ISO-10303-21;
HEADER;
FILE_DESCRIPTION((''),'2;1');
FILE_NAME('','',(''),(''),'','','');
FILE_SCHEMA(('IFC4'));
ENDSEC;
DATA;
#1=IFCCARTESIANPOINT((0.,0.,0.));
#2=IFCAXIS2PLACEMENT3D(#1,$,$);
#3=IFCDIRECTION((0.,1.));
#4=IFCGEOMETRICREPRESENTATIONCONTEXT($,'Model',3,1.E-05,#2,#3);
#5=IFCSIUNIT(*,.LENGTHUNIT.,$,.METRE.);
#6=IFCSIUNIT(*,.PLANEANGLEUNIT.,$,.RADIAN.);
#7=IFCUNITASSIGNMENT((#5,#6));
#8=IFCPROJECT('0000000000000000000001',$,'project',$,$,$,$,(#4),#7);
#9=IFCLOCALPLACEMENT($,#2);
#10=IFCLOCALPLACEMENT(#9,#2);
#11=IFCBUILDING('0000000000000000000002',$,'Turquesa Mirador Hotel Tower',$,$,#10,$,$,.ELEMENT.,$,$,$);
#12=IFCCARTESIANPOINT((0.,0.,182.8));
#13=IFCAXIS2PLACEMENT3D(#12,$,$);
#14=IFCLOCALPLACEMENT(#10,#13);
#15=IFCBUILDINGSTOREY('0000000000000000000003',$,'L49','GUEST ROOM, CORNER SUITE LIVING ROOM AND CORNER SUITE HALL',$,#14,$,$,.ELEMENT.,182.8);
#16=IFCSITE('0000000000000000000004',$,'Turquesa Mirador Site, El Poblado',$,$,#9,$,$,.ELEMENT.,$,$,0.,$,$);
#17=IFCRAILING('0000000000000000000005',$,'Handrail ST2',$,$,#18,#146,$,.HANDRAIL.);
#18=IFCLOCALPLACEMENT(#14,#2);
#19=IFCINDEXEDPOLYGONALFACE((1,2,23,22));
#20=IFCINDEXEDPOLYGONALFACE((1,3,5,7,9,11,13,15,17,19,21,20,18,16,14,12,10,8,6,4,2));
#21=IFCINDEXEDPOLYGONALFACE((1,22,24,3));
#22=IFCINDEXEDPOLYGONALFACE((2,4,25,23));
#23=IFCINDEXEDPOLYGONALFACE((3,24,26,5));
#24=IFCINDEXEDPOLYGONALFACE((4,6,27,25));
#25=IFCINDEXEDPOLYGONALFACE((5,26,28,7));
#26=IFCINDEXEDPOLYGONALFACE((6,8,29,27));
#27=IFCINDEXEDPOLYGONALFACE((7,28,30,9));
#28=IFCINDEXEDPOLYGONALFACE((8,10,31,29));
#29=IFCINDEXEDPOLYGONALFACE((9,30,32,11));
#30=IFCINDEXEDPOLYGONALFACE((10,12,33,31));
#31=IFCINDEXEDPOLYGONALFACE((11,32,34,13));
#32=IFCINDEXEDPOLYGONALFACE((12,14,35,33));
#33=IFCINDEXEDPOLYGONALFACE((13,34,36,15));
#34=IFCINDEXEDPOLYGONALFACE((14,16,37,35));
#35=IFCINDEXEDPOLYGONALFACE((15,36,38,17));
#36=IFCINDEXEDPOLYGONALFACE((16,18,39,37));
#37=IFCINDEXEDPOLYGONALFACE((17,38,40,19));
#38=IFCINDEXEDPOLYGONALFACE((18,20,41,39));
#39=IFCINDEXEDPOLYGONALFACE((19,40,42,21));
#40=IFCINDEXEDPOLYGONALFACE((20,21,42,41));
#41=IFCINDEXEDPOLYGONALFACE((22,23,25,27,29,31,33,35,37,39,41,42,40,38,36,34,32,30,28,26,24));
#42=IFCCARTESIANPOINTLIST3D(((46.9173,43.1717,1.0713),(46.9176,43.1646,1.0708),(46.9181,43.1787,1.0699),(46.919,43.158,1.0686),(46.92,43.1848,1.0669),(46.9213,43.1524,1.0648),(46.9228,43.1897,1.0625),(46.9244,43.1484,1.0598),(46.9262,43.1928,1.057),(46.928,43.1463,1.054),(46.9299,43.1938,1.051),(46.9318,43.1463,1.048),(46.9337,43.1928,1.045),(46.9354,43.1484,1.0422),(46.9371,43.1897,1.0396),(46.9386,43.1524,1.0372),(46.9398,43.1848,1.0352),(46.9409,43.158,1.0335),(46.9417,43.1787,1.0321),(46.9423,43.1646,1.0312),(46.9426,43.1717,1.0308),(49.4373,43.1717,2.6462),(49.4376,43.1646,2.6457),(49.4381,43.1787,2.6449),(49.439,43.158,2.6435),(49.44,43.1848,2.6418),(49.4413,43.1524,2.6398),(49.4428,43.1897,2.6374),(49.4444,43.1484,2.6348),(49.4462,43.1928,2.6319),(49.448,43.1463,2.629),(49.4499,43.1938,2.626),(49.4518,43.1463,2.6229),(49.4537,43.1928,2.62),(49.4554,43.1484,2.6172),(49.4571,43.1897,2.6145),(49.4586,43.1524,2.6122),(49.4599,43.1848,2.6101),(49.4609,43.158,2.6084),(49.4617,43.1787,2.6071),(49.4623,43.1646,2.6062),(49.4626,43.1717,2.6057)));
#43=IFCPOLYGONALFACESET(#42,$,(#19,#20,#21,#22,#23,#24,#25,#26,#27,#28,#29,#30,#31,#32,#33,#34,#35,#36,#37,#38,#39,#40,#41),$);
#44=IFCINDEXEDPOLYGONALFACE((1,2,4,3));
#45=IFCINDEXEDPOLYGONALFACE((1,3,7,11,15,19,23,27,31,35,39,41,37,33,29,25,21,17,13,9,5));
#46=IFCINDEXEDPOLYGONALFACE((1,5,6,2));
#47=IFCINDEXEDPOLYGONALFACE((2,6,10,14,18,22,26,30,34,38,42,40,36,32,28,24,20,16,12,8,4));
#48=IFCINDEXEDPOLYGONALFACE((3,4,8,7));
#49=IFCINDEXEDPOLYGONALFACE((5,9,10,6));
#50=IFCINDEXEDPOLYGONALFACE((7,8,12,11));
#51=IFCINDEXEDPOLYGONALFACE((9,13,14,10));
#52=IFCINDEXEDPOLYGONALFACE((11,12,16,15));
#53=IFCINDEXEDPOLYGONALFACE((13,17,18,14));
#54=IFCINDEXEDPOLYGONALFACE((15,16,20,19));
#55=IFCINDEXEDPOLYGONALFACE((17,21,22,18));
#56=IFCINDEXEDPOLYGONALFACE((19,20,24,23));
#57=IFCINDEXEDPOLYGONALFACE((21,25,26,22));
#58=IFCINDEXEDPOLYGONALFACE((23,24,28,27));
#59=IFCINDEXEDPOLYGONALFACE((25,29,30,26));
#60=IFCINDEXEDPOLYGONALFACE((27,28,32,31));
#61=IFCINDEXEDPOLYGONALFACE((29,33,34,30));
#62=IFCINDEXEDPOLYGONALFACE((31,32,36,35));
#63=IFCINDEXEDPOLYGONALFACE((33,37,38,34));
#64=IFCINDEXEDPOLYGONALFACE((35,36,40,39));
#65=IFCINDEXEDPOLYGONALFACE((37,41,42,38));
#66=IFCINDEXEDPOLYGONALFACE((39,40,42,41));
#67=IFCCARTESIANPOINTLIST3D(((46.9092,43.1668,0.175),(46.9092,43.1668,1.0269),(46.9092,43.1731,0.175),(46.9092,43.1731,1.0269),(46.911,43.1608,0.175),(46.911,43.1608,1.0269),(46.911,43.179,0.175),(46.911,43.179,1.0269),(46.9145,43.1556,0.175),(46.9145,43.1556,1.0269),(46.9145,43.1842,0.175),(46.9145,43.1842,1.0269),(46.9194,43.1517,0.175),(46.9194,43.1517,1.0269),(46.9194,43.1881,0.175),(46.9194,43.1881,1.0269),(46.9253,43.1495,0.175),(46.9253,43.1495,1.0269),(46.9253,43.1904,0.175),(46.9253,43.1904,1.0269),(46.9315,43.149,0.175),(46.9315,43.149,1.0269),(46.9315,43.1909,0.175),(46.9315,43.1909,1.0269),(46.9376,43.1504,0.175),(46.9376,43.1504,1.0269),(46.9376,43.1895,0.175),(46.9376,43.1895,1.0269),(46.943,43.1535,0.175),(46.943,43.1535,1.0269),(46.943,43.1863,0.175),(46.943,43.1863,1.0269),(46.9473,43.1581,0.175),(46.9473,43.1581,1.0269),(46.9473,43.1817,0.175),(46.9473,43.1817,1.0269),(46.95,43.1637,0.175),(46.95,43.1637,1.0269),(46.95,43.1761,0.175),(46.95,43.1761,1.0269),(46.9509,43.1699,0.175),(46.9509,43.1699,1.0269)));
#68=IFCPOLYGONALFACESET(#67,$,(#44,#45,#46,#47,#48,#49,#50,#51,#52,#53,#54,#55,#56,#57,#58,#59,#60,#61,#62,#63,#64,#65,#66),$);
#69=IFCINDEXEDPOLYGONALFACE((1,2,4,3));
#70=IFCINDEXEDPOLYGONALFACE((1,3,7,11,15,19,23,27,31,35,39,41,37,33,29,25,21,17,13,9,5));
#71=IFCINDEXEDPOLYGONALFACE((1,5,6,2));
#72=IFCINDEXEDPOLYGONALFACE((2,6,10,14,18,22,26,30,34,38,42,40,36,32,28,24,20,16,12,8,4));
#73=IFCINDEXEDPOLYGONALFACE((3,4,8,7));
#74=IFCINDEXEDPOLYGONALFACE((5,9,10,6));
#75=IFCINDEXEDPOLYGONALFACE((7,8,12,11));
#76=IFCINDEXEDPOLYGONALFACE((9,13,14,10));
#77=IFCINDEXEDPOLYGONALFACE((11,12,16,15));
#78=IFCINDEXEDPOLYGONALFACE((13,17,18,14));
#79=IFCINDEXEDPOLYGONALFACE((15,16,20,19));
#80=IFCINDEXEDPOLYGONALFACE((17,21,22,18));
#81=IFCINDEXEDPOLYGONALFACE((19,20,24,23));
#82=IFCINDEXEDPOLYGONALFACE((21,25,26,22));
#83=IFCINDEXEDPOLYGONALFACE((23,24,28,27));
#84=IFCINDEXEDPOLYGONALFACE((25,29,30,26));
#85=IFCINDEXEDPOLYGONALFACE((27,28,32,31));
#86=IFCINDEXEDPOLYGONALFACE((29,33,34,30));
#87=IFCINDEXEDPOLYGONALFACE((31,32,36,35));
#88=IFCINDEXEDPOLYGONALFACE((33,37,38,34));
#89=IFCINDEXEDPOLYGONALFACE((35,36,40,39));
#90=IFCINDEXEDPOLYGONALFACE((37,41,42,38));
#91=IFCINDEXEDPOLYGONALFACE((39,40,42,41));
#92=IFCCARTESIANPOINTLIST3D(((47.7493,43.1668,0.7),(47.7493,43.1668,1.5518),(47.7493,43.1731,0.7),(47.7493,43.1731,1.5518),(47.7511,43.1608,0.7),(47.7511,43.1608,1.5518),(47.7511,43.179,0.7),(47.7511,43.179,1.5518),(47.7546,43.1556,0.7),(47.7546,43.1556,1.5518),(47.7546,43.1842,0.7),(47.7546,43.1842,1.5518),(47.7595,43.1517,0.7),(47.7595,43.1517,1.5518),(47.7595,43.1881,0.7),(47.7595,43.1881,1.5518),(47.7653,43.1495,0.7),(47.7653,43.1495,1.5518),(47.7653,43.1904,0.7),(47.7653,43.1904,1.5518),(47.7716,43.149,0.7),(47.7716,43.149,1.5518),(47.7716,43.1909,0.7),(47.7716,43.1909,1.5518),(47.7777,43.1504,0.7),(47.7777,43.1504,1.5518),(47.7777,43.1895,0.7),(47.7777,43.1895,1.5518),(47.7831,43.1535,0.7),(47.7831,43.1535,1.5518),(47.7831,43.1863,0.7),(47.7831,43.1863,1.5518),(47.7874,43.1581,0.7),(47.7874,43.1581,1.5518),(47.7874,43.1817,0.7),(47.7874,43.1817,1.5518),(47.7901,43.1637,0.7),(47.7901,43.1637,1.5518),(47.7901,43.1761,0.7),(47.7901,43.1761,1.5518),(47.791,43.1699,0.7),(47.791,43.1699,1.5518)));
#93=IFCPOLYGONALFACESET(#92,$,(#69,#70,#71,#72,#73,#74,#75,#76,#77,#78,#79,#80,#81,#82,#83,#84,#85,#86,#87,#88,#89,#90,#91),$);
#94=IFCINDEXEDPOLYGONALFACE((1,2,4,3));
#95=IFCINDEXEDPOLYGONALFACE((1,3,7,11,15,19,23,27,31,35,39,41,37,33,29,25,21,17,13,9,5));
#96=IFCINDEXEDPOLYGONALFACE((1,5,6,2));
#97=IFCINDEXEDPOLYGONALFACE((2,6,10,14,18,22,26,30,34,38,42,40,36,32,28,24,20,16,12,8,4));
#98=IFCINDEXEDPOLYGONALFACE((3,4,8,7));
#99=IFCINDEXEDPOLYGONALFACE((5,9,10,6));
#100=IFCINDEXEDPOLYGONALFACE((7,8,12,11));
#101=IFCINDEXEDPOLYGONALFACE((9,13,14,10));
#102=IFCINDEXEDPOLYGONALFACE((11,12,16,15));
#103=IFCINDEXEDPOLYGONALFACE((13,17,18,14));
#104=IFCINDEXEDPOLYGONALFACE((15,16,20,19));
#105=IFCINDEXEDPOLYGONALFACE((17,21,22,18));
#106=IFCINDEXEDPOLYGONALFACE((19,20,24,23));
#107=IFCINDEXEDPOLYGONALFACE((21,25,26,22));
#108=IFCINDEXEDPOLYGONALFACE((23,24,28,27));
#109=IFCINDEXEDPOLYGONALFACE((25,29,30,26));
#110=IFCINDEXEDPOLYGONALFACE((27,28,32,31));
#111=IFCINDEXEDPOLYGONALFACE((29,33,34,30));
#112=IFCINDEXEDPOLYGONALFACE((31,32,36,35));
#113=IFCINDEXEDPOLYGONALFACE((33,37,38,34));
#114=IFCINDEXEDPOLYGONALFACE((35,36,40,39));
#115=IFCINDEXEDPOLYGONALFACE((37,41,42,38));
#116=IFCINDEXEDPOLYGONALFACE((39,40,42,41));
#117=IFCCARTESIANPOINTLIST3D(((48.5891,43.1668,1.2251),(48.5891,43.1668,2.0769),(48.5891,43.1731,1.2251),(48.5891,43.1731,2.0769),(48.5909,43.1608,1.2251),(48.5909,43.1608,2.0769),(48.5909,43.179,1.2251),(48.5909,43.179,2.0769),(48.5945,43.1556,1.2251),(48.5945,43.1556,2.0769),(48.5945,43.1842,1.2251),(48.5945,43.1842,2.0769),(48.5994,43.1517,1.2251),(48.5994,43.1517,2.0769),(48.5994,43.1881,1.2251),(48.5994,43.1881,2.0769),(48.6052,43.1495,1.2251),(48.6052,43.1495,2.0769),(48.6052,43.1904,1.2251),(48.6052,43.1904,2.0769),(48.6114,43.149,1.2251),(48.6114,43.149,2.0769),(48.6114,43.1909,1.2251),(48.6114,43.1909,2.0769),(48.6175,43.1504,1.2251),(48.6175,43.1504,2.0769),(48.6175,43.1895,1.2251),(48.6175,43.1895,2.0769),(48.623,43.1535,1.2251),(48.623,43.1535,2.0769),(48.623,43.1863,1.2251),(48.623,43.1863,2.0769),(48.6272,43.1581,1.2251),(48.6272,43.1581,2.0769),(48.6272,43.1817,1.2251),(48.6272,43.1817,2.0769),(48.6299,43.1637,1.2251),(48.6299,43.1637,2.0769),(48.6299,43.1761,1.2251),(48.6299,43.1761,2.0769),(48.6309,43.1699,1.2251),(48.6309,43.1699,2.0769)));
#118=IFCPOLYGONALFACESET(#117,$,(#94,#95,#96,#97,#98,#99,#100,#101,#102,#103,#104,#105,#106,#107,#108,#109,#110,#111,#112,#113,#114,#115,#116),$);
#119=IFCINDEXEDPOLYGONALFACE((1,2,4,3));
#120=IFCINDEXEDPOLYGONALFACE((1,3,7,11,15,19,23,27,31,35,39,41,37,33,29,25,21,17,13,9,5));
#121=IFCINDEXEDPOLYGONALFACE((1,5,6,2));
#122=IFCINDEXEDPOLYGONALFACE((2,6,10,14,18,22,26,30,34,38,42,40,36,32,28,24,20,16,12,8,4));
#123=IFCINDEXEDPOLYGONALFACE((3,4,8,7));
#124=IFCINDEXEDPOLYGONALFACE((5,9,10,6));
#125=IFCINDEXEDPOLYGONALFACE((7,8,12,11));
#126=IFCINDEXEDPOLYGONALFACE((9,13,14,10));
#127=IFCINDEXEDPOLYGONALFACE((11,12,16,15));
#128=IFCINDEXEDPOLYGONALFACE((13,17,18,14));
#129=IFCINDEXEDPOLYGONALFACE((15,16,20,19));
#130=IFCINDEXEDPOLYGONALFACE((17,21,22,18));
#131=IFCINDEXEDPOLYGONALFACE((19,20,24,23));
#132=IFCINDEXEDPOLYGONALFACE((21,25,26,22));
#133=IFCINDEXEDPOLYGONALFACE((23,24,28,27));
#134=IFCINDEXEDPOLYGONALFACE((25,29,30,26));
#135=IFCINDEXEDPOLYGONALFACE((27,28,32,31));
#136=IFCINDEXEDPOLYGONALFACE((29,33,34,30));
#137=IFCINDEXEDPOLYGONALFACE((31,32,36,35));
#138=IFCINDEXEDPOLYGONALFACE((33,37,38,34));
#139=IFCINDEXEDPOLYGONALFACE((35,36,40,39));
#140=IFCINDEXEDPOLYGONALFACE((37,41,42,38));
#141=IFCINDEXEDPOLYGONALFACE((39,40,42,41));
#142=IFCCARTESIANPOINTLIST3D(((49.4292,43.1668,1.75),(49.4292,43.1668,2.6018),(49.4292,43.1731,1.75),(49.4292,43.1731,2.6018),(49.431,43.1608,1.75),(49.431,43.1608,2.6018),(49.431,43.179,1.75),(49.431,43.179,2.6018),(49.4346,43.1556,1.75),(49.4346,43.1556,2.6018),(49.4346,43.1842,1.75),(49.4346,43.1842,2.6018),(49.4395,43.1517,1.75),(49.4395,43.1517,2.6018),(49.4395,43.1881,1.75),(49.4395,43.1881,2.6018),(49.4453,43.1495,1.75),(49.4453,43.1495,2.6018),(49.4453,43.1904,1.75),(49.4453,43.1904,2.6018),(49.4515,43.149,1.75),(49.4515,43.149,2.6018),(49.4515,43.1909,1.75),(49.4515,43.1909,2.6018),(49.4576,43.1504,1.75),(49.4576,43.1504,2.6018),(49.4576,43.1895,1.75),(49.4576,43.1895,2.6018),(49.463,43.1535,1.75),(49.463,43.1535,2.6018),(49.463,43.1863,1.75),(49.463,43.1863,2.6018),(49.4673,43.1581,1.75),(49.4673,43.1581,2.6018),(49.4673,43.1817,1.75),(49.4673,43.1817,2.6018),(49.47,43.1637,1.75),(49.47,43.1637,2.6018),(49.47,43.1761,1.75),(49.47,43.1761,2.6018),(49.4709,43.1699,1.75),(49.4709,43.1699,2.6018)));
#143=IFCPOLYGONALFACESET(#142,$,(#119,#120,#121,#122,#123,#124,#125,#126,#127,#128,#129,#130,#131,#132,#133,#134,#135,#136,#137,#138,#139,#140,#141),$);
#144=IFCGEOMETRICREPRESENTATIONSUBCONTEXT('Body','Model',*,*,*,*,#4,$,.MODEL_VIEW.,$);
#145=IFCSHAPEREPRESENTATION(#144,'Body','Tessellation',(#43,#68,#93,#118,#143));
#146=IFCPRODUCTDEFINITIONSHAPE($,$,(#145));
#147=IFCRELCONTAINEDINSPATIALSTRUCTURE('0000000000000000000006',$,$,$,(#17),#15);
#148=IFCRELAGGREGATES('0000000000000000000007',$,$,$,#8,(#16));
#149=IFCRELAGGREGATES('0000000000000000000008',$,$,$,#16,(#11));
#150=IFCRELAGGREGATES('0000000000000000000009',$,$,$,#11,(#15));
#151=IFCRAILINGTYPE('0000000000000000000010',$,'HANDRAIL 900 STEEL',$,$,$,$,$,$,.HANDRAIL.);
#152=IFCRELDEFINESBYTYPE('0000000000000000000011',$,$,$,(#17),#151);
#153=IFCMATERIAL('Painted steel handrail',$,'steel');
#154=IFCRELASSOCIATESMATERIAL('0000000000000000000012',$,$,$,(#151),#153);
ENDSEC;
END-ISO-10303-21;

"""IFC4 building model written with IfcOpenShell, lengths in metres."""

from ifc_helpers import new_model, si_unit, direction, frame, origin, origin_2d, place, context, subcontext, project, spatial, circle, extrude, material, type_object, element, save


model = new_model("IFC4")

# Units and contexts
model_context = context("Model", 3, precision=1e-05, world=origin(), true_north=direction((0.0, 1.0)))
body_context = subcontext(model_context, "Body", "Model", "MODEL_VIEW")
ifc_project = project(units=[si_unit("LENGTHUNIT", "METRE"), si_unit("PLANEANGLEUNIT", "RADIAN")], contexts=[model_context])

# Site, building, storey
site_placement = place(None, origin())
site = spatial("IfcSite", under=ifc_project, at=site_placement, Name="Turquesa Mirador Site, El Poblado", CompositionType="ELEMENT", RefElevation=0.0)
building_placement = place(site_placement, origin())
building = spatial("IfcBuilding", under=site, at=building_placement, Name="Turquesa Mirador Hotel Tower", CompositionType="ELEMENT")
storey_placement = place(building_placement, frame((0.0, 0.0, 182.8)))
storey = spatial("IfcBuildingStorey", under=building, at=storey_placement, Name="L49", Description="GUEST ROOM, CORNER SUITE LIVING ROOM AND CORNER SUITE HALL", CompositionType="ELEMENT", Elevation=182.8)

# Railing
ifc_material_1 = material(Name="Painted steel handrail", Category="steel")
railing_type = type_object("IfcRailingType", Name="HANDRAIL 900 STEEL", PredefinedType="HANDRAIL", material=ifc_material_1)
for number, where, name in (
    (1, (46.9299, 43.1699, 0.175), "Handrail ST2"),
):
    element("IfcRailing", number, at=place(storey_placement, frame(where)), inside=storey, type_object=railing_type, Name=name, PredefinedType="HANDRAIL", context=body_context, shape_type="SweptSolid", body=[
        extrude(circle(Radius=0.0239, at=origin_2d()), frame((0.0, 0.0, 0.876), z_axis=(0.848008, 0.0, 0.529984), x_axis=(0.0, 1.0, 0.0)), (0.0, 0.0, 1.0), 2.9717),
        extrude(circle(Radius=0.021, at=origin_2d()), origin(), (0.0, 0.0, 1.0), 0.8518),
        extrude(circle(Radius=0.021, at=origin_2d()), frame((0.8401, 0.0, 0.5249)), (0.0, 0.0, 1.0), 0.8518),
        extrude(circle(Radius=0.021, at=origin_2d()), frame((1.6799, 0.0, 1.05)), (0.0, 0.0, 1.0), 0.8518),
        extrude(circle(Radius=0.021, at=origin_2d()), frame((2.52, 0.0, 1.575)), (0.0, 0.0, 1.0), 0.8518),
    ])

save(model, "model.ifc")
